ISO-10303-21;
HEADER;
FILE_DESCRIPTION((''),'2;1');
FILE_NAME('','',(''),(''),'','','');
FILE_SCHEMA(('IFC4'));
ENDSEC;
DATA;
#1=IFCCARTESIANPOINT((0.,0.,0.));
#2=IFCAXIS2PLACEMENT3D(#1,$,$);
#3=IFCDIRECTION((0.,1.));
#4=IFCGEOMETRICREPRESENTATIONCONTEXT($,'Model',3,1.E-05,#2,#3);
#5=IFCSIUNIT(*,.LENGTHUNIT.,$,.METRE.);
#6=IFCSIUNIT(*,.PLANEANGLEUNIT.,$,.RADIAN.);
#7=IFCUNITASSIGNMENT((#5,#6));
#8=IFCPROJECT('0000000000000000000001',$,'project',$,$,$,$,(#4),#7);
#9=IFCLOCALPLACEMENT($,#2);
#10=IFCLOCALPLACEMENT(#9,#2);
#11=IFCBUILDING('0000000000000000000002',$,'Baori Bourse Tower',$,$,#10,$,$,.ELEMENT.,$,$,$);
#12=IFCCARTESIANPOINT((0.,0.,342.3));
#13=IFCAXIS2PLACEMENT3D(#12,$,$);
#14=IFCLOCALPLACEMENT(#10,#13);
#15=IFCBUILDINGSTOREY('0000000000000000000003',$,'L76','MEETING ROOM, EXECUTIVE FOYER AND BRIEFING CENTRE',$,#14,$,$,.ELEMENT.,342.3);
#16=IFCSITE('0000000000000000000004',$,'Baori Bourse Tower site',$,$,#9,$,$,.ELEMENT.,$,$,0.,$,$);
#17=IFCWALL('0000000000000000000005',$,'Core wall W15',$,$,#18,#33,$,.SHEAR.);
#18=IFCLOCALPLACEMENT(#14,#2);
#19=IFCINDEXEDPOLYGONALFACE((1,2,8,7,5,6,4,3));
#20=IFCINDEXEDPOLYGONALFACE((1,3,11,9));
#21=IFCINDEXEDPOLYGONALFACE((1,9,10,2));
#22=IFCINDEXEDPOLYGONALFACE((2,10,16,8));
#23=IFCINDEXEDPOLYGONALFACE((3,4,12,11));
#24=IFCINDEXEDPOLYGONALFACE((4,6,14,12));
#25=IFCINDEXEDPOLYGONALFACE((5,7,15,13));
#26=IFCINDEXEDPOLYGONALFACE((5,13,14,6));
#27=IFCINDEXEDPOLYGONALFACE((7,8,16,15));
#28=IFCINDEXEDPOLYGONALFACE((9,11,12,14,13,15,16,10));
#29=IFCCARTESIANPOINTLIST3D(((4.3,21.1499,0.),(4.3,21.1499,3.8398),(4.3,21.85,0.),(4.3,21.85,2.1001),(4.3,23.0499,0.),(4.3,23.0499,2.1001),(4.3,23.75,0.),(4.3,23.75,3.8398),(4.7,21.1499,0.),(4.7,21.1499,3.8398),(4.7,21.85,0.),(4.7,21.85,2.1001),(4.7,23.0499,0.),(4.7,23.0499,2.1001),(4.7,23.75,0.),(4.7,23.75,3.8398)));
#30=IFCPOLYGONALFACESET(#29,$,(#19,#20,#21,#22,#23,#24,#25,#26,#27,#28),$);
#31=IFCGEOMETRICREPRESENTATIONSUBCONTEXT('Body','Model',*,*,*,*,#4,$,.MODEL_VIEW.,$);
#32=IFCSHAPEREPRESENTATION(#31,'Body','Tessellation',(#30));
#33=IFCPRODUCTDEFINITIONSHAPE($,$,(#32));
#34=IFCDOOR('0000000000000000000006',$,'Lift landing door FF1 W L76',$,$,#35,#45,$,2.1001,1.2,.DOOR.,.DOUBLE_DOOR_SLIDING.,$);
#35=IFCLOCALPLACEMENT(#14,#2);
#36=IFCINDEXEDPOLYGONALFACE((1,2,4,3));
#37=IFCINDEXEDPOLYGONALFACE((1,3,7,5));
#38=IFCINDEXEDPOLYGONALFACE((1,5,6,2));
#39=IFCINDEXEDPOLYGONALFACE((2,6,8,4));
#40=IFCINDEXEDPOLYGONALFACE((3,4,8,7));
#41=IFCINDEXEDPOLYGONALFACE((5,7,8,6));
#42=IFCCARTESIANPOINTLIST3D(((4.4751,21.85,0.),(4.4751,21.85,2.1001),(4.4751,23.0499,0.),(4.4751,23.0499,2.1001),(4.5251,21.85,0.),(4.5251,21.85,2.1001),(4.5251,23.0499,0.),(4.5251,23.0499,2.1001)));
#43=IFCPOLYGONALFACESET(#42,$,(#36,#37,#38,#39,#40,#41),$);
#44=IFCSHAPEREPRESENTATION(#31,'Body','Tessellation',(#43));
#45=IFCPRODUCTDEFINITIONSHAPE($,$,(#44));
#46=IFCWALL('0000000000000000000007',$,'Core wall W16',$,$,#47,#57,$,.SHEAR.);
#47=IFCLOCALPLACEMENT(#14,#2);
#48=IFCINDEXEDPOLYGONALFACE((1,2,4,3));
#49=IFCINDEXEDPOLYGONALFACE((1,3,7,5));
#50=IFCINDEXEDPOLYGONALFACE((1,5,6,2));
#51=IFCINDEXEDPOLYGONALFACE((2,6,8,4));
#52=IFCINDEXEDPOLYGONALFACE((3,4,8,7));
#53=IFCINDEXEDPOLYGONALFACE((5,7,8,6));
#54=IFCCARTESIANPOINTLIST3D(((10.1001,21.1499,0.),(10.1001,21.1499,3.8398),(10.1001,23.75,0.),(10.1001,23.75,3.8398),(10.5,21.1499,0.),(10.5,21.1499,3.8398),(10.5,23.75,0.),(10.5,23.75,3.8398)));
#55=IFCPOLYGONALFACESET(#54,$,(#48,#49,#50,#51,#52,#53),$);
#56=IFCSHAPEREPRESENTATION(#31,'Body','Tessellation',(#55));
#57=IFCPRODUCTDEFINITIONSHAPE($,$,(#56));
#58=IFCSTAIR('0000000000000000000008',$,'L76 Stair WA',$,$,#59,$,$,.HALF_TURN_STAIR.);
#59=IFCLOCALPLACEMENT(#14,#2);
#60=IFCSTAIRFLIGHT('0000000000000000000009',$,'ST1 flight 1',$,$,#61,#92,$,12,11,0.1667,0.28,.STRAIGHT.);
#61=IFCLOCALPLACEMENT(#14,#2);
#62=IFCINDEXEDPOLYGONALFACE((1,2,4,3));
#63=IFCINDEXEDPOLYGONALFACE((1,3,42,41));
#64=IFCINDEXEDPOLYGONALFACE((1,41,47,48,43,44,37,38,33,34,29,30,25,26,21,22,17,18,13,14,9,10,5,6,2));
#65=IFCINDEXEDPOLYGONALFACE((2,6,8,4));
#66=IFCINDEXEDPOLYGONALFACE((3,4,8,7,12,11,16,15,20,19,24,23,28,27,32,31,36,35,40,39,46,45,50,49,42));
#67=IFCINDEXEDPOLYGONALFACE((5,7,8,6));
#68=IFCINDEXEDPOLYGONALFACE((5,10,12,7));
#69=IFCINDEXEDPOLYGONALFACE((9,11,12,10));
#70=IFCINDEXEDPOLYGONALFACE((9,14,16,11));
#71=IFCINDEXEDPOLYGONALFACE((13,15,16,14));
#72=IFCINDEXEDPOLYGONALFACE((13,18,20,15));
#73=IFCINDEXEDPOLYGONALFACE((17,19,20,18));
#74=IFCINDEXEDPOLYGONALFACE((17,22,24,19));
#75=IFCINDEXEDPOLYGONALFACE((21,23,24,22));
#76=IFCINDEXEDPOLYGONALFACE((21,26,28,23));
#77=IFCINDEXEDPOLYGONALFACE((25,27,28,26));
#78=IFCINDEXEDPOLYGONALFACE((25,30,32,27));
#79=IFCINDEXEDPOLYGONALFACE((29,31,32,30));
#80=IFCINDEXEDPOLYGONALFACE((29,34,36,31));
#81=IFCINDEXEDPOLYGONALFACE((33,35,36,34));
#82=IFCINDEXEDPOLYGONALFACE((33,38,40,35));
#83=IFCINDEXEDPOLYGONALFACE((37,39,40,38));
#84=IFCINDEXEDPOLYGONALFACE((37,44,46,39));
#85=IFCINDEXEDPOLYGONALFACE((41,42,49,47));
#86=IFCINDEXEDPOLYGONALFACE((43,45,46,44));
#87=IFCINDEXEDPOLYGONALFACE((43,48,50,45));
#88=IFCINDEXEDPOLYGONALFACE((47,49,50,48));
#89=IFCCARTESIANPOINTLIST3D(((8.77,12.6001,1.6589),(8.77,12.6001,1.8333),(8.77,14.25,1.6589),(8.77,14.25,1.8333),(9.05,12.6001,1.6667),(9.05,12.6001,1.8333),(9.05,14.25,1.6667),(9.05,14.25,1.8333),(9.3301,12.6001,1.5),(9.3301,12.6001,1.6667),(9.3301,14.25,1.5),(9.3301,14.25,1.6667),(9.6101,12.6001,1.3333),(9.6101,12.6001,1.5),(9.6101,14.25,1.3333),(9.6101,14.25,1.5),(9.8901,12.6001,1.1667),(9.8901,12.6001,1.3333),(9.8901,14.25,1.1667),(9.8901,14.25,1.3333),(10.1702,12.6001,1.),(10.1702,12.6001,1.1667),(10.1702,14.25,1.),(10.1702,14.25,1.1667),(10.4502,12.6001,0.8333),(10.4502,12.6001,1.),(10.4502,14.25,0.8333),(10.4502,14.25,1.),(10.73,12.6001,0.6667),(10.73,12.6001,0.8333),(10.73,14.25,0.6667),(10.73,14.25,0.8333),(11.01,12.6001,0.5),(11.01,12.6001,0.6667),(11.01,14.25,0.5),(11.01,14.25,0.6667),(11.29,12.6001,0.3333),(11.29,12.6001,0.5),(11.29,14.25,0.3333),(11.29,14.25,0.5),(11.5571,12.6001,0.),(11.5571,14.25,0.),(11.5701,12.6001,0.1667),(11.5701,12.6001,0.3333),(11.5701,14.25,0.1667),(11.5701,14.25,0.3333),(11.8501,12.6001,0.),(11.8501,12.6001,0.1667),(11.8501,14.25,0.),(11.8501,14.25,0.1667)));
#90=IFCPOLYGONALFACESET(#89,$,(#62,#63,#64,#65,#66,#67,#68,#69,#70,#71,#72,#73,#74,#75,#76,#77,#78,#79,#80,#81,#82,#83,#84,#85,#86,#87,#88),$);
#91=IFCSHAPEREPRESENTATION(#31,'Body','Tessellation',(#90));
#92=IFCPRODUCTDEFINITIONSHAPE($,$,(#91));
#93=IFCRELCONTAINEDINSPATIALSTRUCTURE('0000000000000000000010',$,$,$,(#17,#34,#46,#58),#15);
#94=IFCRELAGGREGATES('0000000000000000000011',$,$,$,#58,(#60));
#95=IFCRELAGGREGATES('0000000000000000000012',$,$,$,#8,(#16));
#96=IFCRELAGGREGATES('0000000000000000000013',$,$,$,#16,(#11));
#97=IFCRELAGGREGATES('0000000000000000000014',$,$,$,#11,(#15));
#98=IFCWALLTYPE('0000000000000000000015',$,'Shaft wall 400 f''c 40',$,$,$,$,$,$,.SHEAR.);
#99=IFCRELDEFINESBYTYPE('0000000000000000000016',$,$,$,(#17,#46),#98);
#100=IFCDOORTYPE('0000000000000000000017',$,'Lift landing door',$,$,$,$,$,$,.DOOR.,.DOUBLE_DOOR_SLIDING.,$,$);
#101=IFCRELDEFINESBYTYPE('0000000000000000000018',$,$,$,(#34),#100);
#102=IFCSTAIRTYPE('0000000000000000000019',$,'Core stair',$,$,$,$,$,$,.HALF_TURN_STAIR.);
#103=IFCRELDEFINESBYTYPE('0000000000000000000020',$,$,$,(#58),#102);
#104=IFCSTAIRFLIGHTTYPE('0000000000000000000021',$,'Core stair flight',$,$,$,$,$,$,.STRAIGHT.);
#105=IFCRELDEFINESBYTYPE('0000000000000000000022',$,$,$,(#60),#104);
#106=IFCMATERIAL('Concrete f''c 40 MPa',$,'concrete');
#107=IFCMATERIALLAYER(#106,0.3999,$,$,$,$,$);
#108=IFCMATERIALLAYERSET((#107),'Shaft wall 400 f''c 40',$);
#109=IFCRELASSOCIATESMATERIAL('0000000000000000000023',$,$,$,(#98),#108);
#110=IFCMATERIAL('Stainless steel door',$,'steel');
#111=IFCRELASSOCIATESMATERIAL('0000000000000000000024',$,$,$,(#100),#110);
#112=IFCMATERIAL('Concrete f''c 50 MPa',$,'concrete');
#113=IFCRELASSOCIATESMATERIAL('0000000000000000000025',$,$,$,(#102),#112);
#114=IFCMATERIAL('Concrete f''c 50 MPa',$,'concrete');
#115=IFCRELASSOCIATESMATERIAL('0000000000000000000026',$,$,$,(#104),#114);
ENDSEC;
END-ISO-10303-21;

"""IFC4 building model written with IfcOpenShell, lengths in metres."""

from ifc_helpers import new_model, si_unit, direction, frame, frame_2d, origin, place, context, subcontext, project, spatial, polyline, rectangle, outline, extrude, material, layer, layer_set, type_object, element, fill, aggregate, save


model = new_model("IFC4")

# Units and contexts
model_context = context("Model", 3, precision=1e-05, world=origin(), true_north=direction((0.0, 1.0)))
body_context = subcontext(model_context, "Body", "Model", "MODEL_VIEW")
ifc_project = project(units=[si_unit("LENGTHUNIT", "METRE"), si_unit("PLANEANGLEUNIT", "RADIAN")], contexts=[model_context])

# Site, building, storey
site_placement = place(None, origin())
site = spatial("IfcSite", under=ifc_project, at=site_placement, Name="Baori Bourse Tower site", CompositionType="ELEMENT", RefElevation=0.0)
building_placement = place(site_placement, origin())
building = spatial("IfcBuilding", under=site, at=building_placement, Name="Baori Bourse Tower", CompositionType="ELEMENT")
storey_placement = place(building_placement, frame((0.0, 0.0, 342.3)))
storey = spatial("IfcBuildingStorey", under=building, at=storey_placement, Name="L76", Description="MEETING ROOM, EXECUTIVE FOYER AND BRIEFING CENTRE", CompositionType="ELEMENT", Elevation=342.3)

# Shared definitions
ifc_material_1 = material(Name="Concrete f'c 40 MPa", Category="concrete")
ifc_layer_1 = layer(ifc_material_1, 0.3999)
ifc_layer_set_1 = layer_set([ifc_layer_1], Name="Shaft wall 400 f'c 40")
wall_type_1 = type_object("IfcWallType", Name="Shaft wall 400 f'c 40", PredefinedType="SHEAR", material=ifc_layer_set_1)

# Wall, opening, door
wall_1_placement = place(storey_placement, frame((4.5, 21.1499, 0.0), z_axis=(0.0, 0.0, 1.0), x_axis=(0.0, 1.0, 0.0)))
wall_1 = element("IfcWall", 1, at=wall_1_placement, inside=storey, type_object=wall_type_1, Name="Core wall W15", PredefinedType="SHEAR", context=body_context, shape_type="SweptSolid", body=[
    extrude(rectangle(XDim=2.6001, YDim=0.3999, at=frame_2d((1.3, 0.0))), origin(), (0.0, 0.0, 1.0), 3.8398),
])
opening_1_placement = place(wall_1_placement, frame((0.7, 0.0, 0.0)))
opening_1 = element("IfcOpeningElement", 2, at=opening_1_placement, cuts=wall_1, PredefinedType="OPENING", context=body_context, shape_type="SweptSolid", body=[
    extrude(rectangle(XDim=1.2, YDim=2.1001, at=frame_2d((0.6001, 1.05))), frame((0.0, 0.21, 0.0), z_axis=(0.0, -1.0, 0.0), x_axis=(1.0, 0.0, 0.0)), (0.0, 0.0, 1.0), 0.4199),
])
ifc_material_2 = material(Name="Stainless steel door", Category="steel")
door_type_1 = type_object("IfcDoorType", Name="Lift landing door", OperationType="DOUBLE_DOOR_SLIDING", PredefinedType="DOOR", material=ifc_material_2)
door_1_placement = place(opening_1_placement, origin())
door_1 = element("IfcDoor", 3, at=door_1_placement, inside=storey, type_object=door_type_1, Name="Lift landing door FF1 W L76", OperationType="DOUBLE_DOOR_SLIDING", OverallHeight=2.1001, OverallWidth=1.2, PredefinedType="DOOR", context=body_context, shape_type="SweptSolid", body=[
    extrude(rectangle(XDim=1.2, YDim=2.1001, at=frame_2d((0.6001, 1.05))), frame((0.0, 0.0249, 0.0), z_axis=(0.0, -1.0, 0.0), x_axis=(1.0, 0.0, 0.0)), (0.0, 0.0, 1.0), 0.05),
])
fill(opening_1, door_1)

# Wall
wall_2_placement = place(storey_placement, frame((10.3, 21.1499, 0.0), z_axis=(0.0, 0.0, 1.0), x_axis=(0.0, 1.0, 0.0)))
element("IfcWall", 4, at=wall_2_placement, inside=storey, type_object=wall_type_1, Name="Core wall W16", PredefinedType="SHEAR", context=body_context, shape_type="SweptSolid", body=[
    extrude(rectangle(XDim=2.6001, YDim=0.3999, at=frame_2d((1.3, 0.0))), origin(), (0.0, 0.0, 1.0), 3.8398),
])

# Stair, stair flight
ifc_material_3 = material(Name="Concrete f'c 50 MPa", Category="concrete")
stair_type = type_object("IfcStairType", Name="Core stair", PredefinedType="HALF_TURN_STAIR", material=ifc_material_3)
stair_placement = place(storey_placement, origin())
stair = element("IfcStair", 5, at=stair_placement, inside=storey, type_object=stair_type, Name="L76 Stair WA", PredefinedType="HALF_TURN_STAIR")
ifc_material_4 = material(Name="Concrete f'c 50 MPa", Category="concrete")
stair_flight_type = type_object("IfcStairFlightType", Name="Core stair flight", PredefinedType="STRAIGHT", material=ifc_material_4)
stair_flight_placement = place(storey_placement, frame((11.8501, 13.425, 0.0), z_axis=(0.0, 0.0, 1.0), x_axis=(-1.0, 0.0, 0.0)))
stair_flight = element("IfcStairFlight", 6, at=stair_flight_placement, type_object=stair_flight_type, Name="ST1 flight 1", NumberOfRisers=12, NumberOfTreads=11, PredefinedType="STRAIGHT", RiserHeight=0.1667, TreadLength=0.28, context=body_context, shape_type="SweptSolid", body=[
    extrude(outline(polyline([(0.0, 0.0), (0.0, 0.1667), (0.28, 0.1667), (0.28, 0.3333), (0.5601, 0.3333), (0.5601, 0.5), (0.8401, 0.5), (0.8401, 0.6667), (1.1201, 0.6667), (1.1201, 0.8333), (1.3999, 0.8333), (1.3999, 1.0), (1.6799, 1.0), (1.6799, 1.1667), (1.96, 1.1667), (1.96, 1.3333), (2.24, 1.3333), (2.24, 1.5), (2.52, 1.5), (2.52, 1.6667), (2.8, 1.6667), (2.8, 1.8333), (3.0801, 1.8333), (3.0801, 2.0), (3.0801, 1.6589), (0.293, 0.0), (0.0, 0.0)])), frame((0.0, 0.825, 0.0), z_axis=(0.0, -1.0, 0.0), x_axis=(1.0, 0.0, 0.0)), (0.0, 0.0, 1.0), 1.6499),
])
aggregate(stair, [stair_flight])

save(model, "model.ifc")
